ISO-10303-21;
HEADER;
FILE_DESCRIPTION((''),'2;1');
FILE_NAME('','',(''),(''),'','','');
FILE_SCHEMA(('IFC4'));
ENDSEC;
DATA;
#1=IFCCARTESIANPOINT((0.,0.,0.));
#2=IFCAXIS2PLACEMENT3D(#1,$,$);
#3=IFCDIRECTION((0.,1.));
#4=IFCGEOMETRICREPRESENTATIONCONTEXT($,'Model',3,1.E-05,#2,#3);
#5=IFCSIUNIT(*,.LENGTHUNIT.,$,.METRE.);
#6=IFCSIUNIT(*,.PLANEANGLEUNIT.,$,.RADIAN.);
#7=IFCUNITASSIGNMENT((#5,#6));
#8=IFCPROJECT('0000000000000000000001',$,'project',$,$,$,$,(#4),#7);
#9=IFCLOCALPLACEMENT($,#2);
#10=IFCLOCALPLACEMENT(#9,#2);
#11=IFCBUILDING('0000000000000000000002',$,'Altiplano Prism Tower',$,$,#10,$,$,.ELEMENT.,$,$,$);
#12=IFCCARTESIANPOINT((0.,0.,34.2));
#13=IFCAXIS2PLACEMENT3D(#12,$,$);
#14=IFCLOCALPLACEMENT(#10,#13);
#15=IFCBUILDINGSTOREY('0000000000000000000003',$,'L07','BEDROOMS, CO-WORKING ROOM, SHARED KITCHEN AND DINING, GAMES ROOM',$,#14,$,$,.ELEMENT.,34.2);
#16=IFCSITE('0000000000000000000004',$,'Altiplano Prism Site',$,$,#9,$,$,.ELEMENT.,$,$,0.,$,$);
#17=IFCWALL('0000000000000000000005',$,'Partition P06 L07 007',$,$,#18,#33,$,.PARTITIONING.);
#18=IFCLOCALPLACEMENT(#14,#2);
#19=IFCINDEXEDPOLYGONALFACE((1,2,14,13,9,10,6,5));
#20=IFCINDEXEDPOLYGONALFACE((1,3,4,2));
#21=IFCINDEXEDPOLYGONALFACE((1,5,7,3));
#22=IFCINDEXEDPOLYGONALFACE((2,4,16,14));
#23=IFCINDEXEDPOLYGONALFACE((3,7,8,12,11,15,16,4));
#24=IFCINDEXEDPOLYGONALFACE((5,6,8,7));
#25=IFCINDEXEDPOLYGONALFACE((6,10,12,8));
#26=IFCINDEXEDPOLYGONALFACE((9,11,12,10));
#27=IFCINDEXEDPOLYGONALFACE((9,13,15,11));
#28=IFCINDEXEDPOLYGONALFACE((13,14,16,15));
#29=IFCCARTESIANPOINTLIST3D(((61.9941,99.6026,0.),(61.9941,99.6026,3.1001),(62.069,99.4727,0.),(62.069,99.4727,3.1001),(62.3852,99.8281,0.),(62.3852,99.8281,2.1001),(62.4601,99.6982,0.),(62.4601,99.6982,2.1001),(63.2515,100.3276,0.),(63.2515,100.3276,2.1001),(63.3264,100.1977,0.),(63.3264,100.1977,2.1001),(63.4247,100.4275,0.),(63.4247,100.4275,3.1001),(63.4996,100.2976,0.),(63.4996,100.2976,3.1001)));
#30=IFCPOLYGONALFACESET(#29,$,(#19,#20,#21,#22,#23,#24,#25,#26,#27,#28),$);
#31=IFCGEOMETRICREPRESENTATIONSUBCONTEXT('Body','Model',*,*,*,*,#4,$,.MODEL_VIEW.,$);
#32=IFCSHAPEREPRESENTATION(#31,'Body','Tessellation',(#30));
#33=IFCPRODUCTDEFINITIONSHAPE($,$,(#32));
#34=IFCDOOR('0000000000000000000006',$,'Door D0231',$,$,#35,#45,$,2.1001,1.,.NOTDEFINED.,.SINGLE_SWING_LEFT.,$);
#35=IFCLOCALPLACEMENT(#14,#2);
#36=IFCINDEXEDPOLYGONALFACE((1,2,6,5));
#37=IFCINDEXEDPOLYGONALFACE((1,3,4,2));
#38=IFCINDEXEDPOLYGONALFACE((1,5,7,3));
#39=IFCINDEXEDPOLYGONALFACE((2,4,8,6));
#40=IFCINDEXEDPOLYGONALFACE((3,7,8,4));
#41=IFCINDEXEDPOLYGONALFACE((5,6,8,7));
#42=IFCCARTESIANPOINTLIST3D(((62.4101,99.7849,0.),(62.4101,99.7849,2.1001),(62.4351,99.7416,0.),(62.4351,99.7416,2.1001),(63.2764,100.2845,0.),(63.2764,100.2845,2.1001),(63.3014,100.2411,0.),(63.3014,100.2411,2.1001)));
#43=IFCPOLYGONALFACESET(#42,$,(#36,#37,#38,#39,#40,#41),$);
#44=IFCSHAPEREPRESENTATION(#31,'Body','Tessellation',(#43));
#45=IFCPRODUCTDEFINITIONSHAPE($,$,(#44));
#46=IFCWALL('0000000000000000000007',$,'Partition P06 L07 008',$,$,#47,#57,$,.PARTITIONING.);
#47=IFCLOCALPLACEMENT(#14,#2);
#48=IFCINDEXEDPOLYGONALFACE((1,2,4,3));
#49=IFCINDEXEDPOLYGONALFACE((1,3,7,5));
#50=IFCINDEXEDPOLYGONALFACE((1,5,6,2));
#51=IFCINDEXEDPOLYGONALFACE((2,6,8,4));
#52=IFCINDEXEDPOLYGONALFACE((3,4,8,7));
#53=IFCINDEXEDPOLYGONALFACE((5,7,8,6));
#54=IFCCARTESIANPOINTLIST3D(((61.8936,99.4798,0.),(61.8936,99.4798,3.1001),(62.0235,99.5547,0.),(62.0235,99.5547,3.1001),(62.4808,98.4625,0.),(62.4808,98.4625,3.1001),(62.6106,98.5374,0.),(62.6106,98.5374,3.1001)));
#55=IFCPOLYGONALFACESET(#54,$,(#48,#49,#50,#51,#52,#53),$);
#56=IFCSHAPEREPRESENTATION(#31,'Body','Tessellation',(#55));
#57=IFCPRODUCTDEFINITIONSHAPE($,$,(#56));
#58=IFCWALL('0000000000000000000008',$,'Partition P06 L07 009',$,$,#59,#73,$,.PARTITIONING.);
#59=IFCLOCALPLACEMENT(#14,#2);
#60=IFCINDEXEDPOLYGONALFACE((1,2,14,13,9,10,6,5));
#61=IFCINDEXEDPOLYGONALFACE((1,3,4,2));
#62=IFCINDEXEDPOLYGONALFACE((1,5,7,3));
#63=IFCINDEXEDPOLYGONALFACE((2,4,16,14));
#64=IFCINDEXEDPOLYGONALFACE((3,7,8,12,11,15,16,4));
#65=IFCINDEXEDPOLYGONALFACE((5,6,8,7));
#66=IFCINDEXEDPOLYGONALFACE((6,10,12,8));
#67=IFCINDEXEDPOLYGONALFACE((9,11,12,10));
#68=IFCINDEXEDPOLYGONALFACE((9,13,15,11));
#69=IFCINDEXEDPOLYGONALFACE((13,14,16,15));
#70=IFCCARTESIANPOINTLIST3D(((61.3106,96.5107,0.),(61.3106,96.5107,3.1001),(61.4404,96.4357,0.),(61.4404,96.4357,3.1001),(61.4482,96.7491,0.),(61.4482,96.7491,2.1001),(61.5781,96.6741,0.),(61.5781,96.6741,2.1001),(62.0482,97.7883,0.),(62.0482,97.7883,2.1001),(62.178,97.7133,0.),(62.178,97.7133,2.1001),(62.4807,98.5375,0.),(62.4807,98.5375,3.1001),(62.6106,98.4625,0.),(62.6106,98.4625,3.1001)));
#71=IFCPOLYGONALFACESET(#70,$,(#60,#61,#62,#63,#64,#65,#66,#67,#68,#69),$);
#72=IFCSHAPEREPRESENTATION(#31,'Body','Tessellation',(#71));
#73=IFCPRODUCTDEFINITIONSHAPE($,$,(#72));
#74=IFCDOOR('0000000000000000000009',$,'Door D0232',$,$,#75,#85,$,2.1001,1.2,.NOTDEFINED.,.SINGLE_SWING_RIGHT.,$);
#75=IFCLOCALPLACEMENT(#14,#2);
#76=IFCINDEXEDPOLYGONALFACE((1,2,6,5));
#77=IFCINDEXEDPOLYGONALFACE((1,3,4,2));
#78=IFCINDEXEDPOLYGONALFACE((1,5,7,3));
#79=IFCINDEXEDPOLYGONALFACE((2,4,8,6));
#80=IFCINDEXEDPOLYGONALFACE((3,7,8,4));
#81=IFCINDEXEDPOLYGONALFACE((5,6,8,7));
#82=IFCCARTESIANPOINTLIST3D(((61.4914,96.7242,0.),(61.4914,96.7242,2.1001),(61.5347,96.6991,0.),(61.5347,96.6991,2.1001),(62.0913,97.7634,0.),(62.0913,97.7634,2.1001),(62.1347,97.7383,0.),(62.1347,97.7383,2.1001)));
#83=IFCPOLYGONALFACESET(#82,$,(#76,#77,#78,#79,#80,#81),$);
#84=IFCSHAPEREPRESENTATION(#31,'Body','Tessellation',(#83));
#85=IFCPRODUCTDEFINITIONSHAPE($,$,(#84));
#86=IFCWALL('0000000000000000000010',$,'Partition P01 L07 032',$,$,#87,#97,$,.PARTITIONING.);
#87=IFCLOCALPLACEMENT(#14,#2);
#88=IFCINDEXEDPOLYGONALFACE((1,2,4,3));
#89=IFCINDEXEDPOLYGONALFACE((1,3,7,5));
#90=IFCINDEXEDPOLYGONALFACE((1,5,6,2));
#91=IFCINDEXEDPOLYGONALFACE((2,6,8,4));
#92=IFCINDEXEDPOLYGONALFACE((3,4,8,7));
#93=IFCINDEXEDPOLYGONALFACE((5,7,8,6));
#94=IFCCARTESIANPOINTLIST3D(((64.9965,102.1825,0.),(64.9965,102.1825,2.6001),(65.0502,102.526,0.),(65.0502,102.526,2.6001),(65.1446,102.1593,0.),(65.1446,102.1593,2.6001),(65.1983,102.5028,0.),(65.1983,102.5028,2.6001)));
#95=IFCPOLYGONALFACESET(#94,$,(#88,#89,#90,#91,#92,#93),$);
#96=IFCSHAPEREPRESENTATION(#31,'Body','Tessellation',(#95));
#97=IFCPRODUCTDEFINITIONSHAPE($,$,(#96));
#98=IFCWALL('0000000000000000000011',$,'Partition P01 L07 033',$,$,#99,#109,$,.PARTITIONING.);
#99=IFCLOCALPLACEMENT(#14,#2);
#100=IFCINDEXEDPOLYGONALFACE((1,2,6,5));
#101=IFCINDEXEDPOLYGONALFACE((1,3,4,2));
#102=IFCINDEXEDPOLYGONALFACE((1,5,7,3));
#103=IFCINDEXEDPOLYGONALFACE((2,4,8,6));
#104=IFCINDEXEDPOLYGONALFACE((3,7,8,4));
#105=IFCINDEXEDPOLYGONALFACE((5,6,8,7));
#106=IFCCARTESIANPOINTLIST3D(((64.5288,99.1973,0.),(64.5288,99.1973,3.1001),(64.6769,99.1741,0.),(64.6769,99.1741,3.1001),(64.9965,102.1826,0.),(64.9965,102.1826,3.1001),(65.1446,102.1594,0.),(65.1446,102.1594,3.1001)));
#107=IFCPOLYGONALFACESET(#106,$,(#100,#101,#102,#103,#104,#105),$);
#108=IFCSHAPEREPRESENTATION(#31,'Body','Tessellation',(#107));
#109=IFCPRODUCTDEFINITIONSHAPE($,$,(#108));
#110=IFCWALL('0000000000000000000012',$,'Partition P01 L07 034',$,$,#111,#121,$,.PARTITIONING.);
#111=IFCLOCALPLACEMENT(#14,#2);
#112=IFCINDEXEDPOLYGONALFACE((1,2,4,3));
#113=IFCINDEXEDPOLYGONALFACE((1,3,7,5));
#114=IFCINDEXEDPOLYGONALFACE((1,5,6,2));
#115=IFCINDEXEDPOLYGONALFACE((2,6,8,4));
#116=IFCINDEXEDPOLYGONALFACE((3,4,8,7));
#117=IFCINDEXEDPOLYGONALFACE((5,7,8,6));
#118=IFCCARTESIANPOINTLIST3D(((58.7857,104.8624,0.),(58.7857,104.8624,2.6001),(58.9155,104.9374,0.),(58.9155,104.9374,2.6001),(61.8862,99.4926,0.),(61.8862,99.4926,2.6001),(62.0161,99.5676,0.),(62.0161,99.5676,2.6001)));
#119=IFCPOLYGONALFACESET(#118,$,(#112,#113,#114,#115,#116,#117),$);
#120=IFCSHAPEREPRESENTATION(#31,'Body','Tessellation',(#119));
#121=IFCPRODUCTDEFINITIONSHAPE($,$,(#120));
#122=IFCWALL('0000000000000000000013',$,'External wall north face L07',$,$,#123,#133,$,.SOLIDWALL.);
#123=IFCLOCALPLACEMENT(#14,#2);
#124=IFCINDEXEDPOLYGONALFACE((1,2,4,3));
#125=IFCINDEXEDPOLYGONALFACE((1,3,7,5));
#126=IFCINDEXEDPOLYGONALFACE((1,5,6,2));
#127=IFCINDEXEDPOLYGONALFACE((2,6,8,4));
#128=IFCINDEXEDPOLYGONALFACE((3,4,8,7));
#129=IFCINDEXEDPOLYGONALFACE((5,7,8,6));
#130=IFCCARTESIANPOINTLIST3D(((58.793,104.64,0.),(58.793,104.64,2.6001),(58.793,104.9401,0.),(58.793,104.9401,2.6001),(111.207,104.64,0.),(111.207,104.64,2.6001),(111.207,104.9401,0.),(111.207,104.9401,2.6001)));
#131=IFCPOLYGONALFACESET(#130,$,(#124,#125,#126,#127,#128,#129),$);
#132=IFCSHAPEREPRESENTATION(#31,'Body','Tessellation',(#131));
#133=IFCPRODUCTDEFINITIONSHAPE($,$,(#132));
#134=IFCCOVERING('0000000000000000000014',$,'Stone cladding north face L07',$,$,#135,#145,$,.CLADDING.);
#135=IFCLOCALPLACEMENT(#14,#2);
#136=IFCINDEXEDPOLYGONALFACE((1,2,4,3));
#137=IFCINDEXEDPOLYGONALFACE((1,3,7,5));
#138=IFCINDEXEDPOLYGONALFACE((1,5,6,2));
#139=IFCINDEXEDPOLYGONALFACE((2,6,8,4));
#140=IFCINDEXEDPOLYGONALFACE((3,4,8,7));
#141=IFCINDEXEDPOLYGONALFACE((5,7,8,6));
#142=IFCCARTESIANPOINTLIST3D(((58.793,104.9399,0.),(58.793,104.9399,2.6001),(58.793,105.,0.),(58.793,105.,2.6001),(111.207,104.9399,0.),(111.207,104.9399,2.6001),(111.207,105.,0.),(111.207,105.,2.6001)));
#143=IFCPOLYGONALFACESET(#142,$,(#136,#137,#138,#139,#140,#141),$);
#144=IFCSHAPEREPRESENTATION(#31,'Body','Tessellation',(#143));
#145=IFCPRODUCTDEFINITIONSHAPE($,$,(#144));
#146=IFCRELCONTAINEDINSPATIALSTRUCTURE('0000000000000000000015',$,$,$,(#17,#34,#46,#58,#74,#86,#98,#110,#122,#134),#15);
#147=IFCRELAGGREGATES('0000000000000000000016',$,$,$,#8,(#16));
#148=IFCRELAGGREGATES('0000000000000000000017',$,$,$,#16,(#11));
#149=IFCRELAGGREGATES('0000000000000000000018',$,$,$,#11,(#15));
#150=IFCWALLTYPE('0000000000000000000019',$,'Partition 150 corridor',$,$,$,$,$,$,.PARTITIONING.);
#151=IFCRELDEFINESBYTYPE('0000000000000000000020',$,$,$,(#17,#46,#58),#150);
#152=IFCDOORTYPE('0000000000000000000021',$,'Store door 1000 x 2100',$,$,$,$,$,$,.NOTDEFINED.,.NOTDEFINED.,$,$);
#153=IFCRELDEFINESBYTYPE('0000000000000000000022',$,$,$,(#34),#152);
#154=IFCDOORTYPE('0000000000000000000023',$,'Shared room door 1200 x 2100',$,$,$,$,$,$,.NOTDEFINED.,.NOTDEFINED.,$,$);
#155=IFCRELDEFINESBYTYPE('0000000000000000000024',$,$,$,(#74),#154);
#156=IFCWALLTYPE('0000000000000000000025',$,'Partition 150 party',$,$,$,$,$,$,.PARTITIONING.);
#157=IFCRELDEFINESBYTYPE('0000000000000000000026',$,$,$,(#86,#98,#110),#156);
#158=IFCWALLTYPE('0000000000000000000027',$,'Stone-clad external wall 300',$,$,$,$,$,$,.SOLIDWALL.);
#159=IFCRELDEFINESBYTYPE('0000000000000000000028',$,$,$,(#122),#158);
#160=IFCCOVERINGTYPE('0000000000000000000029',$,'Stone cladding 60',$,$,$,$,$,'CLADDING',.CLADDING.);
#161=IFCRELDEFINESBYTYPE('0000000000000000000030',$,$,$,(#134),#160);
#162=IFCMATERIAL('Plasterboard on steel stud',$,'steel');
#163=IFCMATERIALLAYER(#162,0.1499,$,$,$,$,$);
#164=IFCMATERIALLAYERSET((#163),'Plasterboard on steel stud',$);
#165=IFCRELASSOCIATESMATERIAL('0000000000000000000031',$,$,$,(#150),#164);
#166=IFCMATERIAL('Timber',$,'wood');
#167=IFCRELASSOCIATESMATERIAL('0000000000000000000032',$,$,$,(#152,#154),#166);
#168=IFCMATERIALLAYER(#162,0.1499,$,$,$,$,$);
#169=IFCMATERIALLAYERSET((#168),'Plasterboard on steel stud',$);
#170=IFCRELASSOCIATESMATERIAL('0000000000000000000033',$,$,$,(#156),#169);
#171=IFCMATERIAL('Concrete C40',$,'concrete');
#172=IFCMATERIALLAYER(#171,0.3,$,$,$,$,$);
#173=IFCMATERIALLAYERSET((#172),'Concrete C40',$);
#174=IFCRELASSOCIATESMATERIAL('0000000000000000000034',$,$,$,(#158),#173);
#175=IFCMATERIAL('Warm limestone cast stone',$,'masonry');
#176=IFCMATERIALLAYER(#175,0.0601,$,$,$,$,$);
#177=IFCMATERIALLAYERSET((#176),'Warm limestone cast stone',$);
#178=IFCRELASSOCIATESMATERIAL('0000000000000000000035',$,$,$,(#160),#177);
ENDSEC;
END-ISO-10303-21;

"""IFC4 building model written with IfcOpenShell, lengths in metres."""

from ifc_helpers import new_model, si_unit, direction, frame, frame_2d, origin, place, context, subcontext, project, spatial, rectangle, extrude, material, layer, layer_set, type_object, element, fill, save


model = new_model("IFC4")

# Units and contexts
model_context = context("Model", 3, precision=1e-05, world=origin(), true_north=direction((0.0, 1.0)))
body_context = subcontext(model_context, "Body", "Model", "MODEL_VIEW")
ifc_project = project(units=[si_unit("LENGTHUNIT", "METRE"), si_unit("PLANEANGLEUNIT", "RADIAN")], contexts=[model_context])

# Site, building, storey
site_placement = place(None, origin())
site = spatial("IfcSite", under=ifc_project, at=site_placement, Name="Altiplano Prism Site", CompositionType="ELEMENT", RefElevation=0.0)
building_placement = place(site_placement, origin())
building = spatial("IfcBuilding", under=site, at=building_placement, Name="Altiplano Prism Tower", CompositionType="ELEMENT")
storey_placement = place(building_placement, frame((0.0, 0.0, 34.2)))
storey = spatial("IfcBuildingStorey", under=building, at=storey_placement, Name="L07", Description="BEDROOMS, CO-WORKING ROOM, SHARED KITCHEN AND DINING, GAMES ROOM", CompositionType="ELEMENT", Elevation=34.2)

# Shared definitions
ifc_material_1 = material(Name="Plasterboard on steel stud", Category="steel")
ifc_layer_1 = layer(ifc_material_1, 0.1499)
ifc_layer_set_1 = layer_set([ifc_layer_1], Name="Plasterboard on steel stud")
wall_type_1 = type_object("IfcWallType", Name="Partition 150 corridor", PredefinedType="PARTITIONING", material=ifc_layer_set_1)

# Wall, opening, door
wall_1_placement = place(storey_placement, frame((63.4622, 100.3625, 0.0), z_axis=(0.0, 0.0, 1.0), x_axis=(-0.866299, -0.499526, 0.0)))
wall_1 = element("IfcWall", 1, at=wall_1_placement, inside=storey, type_object=wall_type_1, Name="Partition P06 L07 007", PredefinedType="PARTITIONING", context=body_context, shape_type="SweptSolid", body=[
    extrude(rectangle(XDim=1.6514, YDim=0.1499, at=frame_2d((0.8257, 0.0))), origin(), (0.0, 0.0, 1.0), 3.1001),
])
opening_1_placement = place(wall_1_placement, frame((0.2, 0.0, 0.0)))
opening_1 = element("IfcOpeningElement", 2, at=opening_1_placement, cuts=wall_1, PredefinedType="OPENING", context=body_context, shape_type="SweptSolid", body=[
    extrude(rectangle(XDim=1.0, YDim=2.1001, at=frame_2d((0.5, 1.05))), frame((0.0, 0.0854, 0.0), z_axis=(0.0, -1.0, 0.0), x_axis=(1.0, 0.0, 0.0)), (0.0, 0.0, 1.0), 0.1709),
])
ifc_material_2 = material(Name="Timber", Category="wood")
door_type_1 = type_object("IfcDoorType", Name="Store door 1000 x 2100", OperationType="NOTDEFINED", PredefinedType="NOTDEFINED", material=ifc_material_2)
door_1_placement = place(opening_1_placement, origin())
door_1 = element("IfcDoor", 3, at=door_1_placement, inside=storey, type_object=door_type_1, Name="Door D0231", OperationType="SINGLE_SWING_LEFT", OverallHeight=2.1001, OverallWidth=1.0, PredefinedType="NOTDEFINED", context=body_context, shape_type="SweptSolid", body=[
    extrude(rectangle(XDim=1.0, YDim=2.1001, at=frame_2d((0.5, 1.05))), frame((0.0, 0.0249, 0.0), z_axis=(0.0, -1.0, 0.0), x_axis=(1.0, 0.0, 0.0)), (0.0, 0.0, 1.0), 0.05),
])
fill(opening_1, door_1)

# Wall
wall_2_placement = place(storey_placement, frame((61.9585, 99.5173, 0.0), z_axis=(0.0, 0.0, 1.0), x_axis=(0.499872, -0.866099, 0.0)))
element("IfcWall", 4, at=wall_2_placement, inside=storey, type_object=wall_type_1, Name="Partition P06 L07 008", PredefinedType="PARTITIONING", context=body_context, shape_type="SweptSolid", body=[
    extrude(rectangle(XDim=1.1746, YDim=0.1499, at=frame_2d((0.5874, 0.0))), origin(), (0.0, 0.0, 1.0), 3.1001),
])

# Wall, opening, door
wall_3_placement = place(storey_placement, frame((62.5457, 98.5, 0.0), z_axis=(0.0, 0.0, 1.0), x_axis=(-0.499987, -0.866033, 0.0)))
wall_3 = element("IfcWall", 5, at=wall_3_placement, inside=storey, type_object=wall_type_1, Name="Partition P06 L07 009", PredefinedType="PARTITIONING", context=body_context, shape_type="SweptSolid", body=[
    extrude(rectangle(XDim=2.3403, YDim=0.1499, at=frame_2d((1.1702, 0.0))), origin(), (0.0, 0.0, 1.0), 3.1001),
])
opening_2_placement = place(wall_3_placement, frame((0.865, 0.0, 0.0)))
opening_2 = element("IfcOpeningElement", 6, at=opening_2_placement, cuts=wall_3, PredefinedType="OPENING", context=body_context, shape_type="SweptSolid", body=[
    extrude(rectangle(XDim=1.2, YDim=2.1001, at=frame_2d((0.6001, 1.05))), frame((0.0, 0.0854, 0.0), z_axis=(0.0, -1.0, 0.0), x_axis=(1.0, 0.0, 0.0)), (0.0, 0.0, 1.0), 0.1709),
])
door_type_2 = type_object("IfcDoorType", Name="Shared room door 1200 x 2100", OperationType="NOTDEFINED", PredefinedType="NOTDEFINED", material=ifc_material_2)
door_2_placement = place(opening_2_placement, origin())
door_2 = element("IfcDoor", 7, at=door_2_placement, inside=storey, type_object=door_type_2, Name="Door D0232", OperationType="SINGLE_SWING_RIGHT", OverallHeight=2.1001, OverallWidth=1.2, PredefinedType="NOTDEFINED", context=body_context, shape_type="SweptSolid", body=[
    extrude(rectangle(XDim=1.2, YDim=2.1001, at=frame_2d((0.6001, 1.05))), frame((0.0, 0.0249, 0.0), z_axis=(0.0, -1.0, 0.0), x_axis=(1.0, 0.0, 0.0)), (0.0, 0.0, 1.0), 0.05),
])
fill(opening_2, door_2)

# Walls
ifc_layer_2 = layer(ifc_material_1, 0.1499)
ifc_layer_set_2 = layer_set([ifc_layer_2], Name="Plasterboard on steel stud")
wall_type_2 = type_object("IfcWallType", Name="Partition 150 party", PredefinedType="PARTITIONING", material=ifc_layer_set_2)
wall_4_placement = place(storey_placement, frame((65.1243, 102.5144, 0.0), z_axis=(0.0, 0.0, 1.0), x_axis=(-0.154484, -0.987995, 0.0)))
element("IfcWall", 8, at=wall_4_placement, inside=storey, type_object=wall_type_2, Name="Partition P01 L07 032", PredefinedType="PARTITIONING", context=body_context, shape_type="SweptSolid", body=[
    extrude(rectangle(XDim=0.3477, YDim=0.1499, at=frame_2d((0.1738, 0.0))), origin(), (0.0, 0.0, 1.0), 2.6001),
])
wall_5_placement = place(storey_placement, frame((65.0706, 102.1709, 0.0), z_axis=(0.0, 0.0, 1.0), x_axis=(-0.154801, -0.987946, 0.0)))
element("IfcWall", 9, at=wall_5_placement, inside=storey, type_object=wall_type_2, Name="Partition P01 L07 033", PredefinedType="PARTITIONING", context=body_context, shape_type="SweptSolid", body=[
    extrude(rectangle(XDim=3.0217, YDim=0.1499, at=frame_2d((1.5107, 0.0))), origin(), (0.0, 0.0, 1.0), 3.1001),
])
wall_6_placement = place(storey_placement, frame((58.8506, 104.8999, 0.0), z_axis=(0.0, 0.0, 1.0), x_axis=(0.500035, -0.866005, 0.0)))
element("IfcWall", 10, at=wall_6_placement, inside=storey, type_object=wall_type_2, Name="Partition P01 L07 034", PredefinedType="PARTITIONING", context=body_context, shape_type="SweptSolid", body=[
    extrude(rectangle(XDim=6.2007, YDim=0.1499, at=frame_2d((3.1003, 0.0))), origin(), (0.0, 0.0, 1.0), 2.6001),
])
ifc_material_3 = material(Name="Concrete C40", Category="concrete")
ifc_layer_3 = layer(ifc_material_3, 0.3)
ifc_layer_set_3 = layer_set([ifc_layer_3], Name="Concrete C40")
wall_type_3 = type_object("IfcWallType", Name="Stone-clad external wall 300", PredefinedType="SOLIDWALL", material=ifc_layer_set_3)
wall_7_placement = place(storey_placement, frame((58.793, 104.79, 0.0), z_axis=(0.0, 0.0, 1.0), x_axis=(1.0, 0.0, 0.0)))
element("IfcWall", 11, at=wall_7_placement, inside=storey, type_object=wall_type_3, Name="External wall north face L07", PredefinedType="SOLIDWALL", context=body_context, shape_type="SweptSolid", body=[
    extrude(rectangle(XDim=52.4141, YDim=0.3, at=frame_2d((26.207, 0.0))), origin(), (0.0, 0.0, 1.0), 2.6001),
])

# Covering
ifc_material_4 = material(Name="Warm limestone cast stone", Category="masonry")
ifc_layer_4 = layer(ifc_material_4, 0.0601)
ifc_layer_set_4 = layer_set([ifc_layer_4], Name="Warm limestone cast stone")
covering_type = type_object("IfcCoveringType", Name="Stone cladding 60", ElementType="CLADDING", PredefinedType="CLADDING", material=ifc_layer_set_4)
covering_placement = place(storey_placement, frame((58.793, 104.97, 0.0), z_axis=(0.0, 0.0, 1.0), x_axis=(1.0, 0.0, 0.0)))
element("IfcCovering", 12, at=covering_placement, inside=storey, type_object=covering_type, Name="Stone cladding north face L07", PredefinedType="CLADDING", context=body_context, shape_type="SweptSolid", body=[
    extrude(rectangle(XDim=52.4141, YDim=0.0601, at=frame_2d((26.207, 0.0))), origin(), (0.0, 0.0, 1.0), 2.6001),
])

save(model, "model.ifc")
